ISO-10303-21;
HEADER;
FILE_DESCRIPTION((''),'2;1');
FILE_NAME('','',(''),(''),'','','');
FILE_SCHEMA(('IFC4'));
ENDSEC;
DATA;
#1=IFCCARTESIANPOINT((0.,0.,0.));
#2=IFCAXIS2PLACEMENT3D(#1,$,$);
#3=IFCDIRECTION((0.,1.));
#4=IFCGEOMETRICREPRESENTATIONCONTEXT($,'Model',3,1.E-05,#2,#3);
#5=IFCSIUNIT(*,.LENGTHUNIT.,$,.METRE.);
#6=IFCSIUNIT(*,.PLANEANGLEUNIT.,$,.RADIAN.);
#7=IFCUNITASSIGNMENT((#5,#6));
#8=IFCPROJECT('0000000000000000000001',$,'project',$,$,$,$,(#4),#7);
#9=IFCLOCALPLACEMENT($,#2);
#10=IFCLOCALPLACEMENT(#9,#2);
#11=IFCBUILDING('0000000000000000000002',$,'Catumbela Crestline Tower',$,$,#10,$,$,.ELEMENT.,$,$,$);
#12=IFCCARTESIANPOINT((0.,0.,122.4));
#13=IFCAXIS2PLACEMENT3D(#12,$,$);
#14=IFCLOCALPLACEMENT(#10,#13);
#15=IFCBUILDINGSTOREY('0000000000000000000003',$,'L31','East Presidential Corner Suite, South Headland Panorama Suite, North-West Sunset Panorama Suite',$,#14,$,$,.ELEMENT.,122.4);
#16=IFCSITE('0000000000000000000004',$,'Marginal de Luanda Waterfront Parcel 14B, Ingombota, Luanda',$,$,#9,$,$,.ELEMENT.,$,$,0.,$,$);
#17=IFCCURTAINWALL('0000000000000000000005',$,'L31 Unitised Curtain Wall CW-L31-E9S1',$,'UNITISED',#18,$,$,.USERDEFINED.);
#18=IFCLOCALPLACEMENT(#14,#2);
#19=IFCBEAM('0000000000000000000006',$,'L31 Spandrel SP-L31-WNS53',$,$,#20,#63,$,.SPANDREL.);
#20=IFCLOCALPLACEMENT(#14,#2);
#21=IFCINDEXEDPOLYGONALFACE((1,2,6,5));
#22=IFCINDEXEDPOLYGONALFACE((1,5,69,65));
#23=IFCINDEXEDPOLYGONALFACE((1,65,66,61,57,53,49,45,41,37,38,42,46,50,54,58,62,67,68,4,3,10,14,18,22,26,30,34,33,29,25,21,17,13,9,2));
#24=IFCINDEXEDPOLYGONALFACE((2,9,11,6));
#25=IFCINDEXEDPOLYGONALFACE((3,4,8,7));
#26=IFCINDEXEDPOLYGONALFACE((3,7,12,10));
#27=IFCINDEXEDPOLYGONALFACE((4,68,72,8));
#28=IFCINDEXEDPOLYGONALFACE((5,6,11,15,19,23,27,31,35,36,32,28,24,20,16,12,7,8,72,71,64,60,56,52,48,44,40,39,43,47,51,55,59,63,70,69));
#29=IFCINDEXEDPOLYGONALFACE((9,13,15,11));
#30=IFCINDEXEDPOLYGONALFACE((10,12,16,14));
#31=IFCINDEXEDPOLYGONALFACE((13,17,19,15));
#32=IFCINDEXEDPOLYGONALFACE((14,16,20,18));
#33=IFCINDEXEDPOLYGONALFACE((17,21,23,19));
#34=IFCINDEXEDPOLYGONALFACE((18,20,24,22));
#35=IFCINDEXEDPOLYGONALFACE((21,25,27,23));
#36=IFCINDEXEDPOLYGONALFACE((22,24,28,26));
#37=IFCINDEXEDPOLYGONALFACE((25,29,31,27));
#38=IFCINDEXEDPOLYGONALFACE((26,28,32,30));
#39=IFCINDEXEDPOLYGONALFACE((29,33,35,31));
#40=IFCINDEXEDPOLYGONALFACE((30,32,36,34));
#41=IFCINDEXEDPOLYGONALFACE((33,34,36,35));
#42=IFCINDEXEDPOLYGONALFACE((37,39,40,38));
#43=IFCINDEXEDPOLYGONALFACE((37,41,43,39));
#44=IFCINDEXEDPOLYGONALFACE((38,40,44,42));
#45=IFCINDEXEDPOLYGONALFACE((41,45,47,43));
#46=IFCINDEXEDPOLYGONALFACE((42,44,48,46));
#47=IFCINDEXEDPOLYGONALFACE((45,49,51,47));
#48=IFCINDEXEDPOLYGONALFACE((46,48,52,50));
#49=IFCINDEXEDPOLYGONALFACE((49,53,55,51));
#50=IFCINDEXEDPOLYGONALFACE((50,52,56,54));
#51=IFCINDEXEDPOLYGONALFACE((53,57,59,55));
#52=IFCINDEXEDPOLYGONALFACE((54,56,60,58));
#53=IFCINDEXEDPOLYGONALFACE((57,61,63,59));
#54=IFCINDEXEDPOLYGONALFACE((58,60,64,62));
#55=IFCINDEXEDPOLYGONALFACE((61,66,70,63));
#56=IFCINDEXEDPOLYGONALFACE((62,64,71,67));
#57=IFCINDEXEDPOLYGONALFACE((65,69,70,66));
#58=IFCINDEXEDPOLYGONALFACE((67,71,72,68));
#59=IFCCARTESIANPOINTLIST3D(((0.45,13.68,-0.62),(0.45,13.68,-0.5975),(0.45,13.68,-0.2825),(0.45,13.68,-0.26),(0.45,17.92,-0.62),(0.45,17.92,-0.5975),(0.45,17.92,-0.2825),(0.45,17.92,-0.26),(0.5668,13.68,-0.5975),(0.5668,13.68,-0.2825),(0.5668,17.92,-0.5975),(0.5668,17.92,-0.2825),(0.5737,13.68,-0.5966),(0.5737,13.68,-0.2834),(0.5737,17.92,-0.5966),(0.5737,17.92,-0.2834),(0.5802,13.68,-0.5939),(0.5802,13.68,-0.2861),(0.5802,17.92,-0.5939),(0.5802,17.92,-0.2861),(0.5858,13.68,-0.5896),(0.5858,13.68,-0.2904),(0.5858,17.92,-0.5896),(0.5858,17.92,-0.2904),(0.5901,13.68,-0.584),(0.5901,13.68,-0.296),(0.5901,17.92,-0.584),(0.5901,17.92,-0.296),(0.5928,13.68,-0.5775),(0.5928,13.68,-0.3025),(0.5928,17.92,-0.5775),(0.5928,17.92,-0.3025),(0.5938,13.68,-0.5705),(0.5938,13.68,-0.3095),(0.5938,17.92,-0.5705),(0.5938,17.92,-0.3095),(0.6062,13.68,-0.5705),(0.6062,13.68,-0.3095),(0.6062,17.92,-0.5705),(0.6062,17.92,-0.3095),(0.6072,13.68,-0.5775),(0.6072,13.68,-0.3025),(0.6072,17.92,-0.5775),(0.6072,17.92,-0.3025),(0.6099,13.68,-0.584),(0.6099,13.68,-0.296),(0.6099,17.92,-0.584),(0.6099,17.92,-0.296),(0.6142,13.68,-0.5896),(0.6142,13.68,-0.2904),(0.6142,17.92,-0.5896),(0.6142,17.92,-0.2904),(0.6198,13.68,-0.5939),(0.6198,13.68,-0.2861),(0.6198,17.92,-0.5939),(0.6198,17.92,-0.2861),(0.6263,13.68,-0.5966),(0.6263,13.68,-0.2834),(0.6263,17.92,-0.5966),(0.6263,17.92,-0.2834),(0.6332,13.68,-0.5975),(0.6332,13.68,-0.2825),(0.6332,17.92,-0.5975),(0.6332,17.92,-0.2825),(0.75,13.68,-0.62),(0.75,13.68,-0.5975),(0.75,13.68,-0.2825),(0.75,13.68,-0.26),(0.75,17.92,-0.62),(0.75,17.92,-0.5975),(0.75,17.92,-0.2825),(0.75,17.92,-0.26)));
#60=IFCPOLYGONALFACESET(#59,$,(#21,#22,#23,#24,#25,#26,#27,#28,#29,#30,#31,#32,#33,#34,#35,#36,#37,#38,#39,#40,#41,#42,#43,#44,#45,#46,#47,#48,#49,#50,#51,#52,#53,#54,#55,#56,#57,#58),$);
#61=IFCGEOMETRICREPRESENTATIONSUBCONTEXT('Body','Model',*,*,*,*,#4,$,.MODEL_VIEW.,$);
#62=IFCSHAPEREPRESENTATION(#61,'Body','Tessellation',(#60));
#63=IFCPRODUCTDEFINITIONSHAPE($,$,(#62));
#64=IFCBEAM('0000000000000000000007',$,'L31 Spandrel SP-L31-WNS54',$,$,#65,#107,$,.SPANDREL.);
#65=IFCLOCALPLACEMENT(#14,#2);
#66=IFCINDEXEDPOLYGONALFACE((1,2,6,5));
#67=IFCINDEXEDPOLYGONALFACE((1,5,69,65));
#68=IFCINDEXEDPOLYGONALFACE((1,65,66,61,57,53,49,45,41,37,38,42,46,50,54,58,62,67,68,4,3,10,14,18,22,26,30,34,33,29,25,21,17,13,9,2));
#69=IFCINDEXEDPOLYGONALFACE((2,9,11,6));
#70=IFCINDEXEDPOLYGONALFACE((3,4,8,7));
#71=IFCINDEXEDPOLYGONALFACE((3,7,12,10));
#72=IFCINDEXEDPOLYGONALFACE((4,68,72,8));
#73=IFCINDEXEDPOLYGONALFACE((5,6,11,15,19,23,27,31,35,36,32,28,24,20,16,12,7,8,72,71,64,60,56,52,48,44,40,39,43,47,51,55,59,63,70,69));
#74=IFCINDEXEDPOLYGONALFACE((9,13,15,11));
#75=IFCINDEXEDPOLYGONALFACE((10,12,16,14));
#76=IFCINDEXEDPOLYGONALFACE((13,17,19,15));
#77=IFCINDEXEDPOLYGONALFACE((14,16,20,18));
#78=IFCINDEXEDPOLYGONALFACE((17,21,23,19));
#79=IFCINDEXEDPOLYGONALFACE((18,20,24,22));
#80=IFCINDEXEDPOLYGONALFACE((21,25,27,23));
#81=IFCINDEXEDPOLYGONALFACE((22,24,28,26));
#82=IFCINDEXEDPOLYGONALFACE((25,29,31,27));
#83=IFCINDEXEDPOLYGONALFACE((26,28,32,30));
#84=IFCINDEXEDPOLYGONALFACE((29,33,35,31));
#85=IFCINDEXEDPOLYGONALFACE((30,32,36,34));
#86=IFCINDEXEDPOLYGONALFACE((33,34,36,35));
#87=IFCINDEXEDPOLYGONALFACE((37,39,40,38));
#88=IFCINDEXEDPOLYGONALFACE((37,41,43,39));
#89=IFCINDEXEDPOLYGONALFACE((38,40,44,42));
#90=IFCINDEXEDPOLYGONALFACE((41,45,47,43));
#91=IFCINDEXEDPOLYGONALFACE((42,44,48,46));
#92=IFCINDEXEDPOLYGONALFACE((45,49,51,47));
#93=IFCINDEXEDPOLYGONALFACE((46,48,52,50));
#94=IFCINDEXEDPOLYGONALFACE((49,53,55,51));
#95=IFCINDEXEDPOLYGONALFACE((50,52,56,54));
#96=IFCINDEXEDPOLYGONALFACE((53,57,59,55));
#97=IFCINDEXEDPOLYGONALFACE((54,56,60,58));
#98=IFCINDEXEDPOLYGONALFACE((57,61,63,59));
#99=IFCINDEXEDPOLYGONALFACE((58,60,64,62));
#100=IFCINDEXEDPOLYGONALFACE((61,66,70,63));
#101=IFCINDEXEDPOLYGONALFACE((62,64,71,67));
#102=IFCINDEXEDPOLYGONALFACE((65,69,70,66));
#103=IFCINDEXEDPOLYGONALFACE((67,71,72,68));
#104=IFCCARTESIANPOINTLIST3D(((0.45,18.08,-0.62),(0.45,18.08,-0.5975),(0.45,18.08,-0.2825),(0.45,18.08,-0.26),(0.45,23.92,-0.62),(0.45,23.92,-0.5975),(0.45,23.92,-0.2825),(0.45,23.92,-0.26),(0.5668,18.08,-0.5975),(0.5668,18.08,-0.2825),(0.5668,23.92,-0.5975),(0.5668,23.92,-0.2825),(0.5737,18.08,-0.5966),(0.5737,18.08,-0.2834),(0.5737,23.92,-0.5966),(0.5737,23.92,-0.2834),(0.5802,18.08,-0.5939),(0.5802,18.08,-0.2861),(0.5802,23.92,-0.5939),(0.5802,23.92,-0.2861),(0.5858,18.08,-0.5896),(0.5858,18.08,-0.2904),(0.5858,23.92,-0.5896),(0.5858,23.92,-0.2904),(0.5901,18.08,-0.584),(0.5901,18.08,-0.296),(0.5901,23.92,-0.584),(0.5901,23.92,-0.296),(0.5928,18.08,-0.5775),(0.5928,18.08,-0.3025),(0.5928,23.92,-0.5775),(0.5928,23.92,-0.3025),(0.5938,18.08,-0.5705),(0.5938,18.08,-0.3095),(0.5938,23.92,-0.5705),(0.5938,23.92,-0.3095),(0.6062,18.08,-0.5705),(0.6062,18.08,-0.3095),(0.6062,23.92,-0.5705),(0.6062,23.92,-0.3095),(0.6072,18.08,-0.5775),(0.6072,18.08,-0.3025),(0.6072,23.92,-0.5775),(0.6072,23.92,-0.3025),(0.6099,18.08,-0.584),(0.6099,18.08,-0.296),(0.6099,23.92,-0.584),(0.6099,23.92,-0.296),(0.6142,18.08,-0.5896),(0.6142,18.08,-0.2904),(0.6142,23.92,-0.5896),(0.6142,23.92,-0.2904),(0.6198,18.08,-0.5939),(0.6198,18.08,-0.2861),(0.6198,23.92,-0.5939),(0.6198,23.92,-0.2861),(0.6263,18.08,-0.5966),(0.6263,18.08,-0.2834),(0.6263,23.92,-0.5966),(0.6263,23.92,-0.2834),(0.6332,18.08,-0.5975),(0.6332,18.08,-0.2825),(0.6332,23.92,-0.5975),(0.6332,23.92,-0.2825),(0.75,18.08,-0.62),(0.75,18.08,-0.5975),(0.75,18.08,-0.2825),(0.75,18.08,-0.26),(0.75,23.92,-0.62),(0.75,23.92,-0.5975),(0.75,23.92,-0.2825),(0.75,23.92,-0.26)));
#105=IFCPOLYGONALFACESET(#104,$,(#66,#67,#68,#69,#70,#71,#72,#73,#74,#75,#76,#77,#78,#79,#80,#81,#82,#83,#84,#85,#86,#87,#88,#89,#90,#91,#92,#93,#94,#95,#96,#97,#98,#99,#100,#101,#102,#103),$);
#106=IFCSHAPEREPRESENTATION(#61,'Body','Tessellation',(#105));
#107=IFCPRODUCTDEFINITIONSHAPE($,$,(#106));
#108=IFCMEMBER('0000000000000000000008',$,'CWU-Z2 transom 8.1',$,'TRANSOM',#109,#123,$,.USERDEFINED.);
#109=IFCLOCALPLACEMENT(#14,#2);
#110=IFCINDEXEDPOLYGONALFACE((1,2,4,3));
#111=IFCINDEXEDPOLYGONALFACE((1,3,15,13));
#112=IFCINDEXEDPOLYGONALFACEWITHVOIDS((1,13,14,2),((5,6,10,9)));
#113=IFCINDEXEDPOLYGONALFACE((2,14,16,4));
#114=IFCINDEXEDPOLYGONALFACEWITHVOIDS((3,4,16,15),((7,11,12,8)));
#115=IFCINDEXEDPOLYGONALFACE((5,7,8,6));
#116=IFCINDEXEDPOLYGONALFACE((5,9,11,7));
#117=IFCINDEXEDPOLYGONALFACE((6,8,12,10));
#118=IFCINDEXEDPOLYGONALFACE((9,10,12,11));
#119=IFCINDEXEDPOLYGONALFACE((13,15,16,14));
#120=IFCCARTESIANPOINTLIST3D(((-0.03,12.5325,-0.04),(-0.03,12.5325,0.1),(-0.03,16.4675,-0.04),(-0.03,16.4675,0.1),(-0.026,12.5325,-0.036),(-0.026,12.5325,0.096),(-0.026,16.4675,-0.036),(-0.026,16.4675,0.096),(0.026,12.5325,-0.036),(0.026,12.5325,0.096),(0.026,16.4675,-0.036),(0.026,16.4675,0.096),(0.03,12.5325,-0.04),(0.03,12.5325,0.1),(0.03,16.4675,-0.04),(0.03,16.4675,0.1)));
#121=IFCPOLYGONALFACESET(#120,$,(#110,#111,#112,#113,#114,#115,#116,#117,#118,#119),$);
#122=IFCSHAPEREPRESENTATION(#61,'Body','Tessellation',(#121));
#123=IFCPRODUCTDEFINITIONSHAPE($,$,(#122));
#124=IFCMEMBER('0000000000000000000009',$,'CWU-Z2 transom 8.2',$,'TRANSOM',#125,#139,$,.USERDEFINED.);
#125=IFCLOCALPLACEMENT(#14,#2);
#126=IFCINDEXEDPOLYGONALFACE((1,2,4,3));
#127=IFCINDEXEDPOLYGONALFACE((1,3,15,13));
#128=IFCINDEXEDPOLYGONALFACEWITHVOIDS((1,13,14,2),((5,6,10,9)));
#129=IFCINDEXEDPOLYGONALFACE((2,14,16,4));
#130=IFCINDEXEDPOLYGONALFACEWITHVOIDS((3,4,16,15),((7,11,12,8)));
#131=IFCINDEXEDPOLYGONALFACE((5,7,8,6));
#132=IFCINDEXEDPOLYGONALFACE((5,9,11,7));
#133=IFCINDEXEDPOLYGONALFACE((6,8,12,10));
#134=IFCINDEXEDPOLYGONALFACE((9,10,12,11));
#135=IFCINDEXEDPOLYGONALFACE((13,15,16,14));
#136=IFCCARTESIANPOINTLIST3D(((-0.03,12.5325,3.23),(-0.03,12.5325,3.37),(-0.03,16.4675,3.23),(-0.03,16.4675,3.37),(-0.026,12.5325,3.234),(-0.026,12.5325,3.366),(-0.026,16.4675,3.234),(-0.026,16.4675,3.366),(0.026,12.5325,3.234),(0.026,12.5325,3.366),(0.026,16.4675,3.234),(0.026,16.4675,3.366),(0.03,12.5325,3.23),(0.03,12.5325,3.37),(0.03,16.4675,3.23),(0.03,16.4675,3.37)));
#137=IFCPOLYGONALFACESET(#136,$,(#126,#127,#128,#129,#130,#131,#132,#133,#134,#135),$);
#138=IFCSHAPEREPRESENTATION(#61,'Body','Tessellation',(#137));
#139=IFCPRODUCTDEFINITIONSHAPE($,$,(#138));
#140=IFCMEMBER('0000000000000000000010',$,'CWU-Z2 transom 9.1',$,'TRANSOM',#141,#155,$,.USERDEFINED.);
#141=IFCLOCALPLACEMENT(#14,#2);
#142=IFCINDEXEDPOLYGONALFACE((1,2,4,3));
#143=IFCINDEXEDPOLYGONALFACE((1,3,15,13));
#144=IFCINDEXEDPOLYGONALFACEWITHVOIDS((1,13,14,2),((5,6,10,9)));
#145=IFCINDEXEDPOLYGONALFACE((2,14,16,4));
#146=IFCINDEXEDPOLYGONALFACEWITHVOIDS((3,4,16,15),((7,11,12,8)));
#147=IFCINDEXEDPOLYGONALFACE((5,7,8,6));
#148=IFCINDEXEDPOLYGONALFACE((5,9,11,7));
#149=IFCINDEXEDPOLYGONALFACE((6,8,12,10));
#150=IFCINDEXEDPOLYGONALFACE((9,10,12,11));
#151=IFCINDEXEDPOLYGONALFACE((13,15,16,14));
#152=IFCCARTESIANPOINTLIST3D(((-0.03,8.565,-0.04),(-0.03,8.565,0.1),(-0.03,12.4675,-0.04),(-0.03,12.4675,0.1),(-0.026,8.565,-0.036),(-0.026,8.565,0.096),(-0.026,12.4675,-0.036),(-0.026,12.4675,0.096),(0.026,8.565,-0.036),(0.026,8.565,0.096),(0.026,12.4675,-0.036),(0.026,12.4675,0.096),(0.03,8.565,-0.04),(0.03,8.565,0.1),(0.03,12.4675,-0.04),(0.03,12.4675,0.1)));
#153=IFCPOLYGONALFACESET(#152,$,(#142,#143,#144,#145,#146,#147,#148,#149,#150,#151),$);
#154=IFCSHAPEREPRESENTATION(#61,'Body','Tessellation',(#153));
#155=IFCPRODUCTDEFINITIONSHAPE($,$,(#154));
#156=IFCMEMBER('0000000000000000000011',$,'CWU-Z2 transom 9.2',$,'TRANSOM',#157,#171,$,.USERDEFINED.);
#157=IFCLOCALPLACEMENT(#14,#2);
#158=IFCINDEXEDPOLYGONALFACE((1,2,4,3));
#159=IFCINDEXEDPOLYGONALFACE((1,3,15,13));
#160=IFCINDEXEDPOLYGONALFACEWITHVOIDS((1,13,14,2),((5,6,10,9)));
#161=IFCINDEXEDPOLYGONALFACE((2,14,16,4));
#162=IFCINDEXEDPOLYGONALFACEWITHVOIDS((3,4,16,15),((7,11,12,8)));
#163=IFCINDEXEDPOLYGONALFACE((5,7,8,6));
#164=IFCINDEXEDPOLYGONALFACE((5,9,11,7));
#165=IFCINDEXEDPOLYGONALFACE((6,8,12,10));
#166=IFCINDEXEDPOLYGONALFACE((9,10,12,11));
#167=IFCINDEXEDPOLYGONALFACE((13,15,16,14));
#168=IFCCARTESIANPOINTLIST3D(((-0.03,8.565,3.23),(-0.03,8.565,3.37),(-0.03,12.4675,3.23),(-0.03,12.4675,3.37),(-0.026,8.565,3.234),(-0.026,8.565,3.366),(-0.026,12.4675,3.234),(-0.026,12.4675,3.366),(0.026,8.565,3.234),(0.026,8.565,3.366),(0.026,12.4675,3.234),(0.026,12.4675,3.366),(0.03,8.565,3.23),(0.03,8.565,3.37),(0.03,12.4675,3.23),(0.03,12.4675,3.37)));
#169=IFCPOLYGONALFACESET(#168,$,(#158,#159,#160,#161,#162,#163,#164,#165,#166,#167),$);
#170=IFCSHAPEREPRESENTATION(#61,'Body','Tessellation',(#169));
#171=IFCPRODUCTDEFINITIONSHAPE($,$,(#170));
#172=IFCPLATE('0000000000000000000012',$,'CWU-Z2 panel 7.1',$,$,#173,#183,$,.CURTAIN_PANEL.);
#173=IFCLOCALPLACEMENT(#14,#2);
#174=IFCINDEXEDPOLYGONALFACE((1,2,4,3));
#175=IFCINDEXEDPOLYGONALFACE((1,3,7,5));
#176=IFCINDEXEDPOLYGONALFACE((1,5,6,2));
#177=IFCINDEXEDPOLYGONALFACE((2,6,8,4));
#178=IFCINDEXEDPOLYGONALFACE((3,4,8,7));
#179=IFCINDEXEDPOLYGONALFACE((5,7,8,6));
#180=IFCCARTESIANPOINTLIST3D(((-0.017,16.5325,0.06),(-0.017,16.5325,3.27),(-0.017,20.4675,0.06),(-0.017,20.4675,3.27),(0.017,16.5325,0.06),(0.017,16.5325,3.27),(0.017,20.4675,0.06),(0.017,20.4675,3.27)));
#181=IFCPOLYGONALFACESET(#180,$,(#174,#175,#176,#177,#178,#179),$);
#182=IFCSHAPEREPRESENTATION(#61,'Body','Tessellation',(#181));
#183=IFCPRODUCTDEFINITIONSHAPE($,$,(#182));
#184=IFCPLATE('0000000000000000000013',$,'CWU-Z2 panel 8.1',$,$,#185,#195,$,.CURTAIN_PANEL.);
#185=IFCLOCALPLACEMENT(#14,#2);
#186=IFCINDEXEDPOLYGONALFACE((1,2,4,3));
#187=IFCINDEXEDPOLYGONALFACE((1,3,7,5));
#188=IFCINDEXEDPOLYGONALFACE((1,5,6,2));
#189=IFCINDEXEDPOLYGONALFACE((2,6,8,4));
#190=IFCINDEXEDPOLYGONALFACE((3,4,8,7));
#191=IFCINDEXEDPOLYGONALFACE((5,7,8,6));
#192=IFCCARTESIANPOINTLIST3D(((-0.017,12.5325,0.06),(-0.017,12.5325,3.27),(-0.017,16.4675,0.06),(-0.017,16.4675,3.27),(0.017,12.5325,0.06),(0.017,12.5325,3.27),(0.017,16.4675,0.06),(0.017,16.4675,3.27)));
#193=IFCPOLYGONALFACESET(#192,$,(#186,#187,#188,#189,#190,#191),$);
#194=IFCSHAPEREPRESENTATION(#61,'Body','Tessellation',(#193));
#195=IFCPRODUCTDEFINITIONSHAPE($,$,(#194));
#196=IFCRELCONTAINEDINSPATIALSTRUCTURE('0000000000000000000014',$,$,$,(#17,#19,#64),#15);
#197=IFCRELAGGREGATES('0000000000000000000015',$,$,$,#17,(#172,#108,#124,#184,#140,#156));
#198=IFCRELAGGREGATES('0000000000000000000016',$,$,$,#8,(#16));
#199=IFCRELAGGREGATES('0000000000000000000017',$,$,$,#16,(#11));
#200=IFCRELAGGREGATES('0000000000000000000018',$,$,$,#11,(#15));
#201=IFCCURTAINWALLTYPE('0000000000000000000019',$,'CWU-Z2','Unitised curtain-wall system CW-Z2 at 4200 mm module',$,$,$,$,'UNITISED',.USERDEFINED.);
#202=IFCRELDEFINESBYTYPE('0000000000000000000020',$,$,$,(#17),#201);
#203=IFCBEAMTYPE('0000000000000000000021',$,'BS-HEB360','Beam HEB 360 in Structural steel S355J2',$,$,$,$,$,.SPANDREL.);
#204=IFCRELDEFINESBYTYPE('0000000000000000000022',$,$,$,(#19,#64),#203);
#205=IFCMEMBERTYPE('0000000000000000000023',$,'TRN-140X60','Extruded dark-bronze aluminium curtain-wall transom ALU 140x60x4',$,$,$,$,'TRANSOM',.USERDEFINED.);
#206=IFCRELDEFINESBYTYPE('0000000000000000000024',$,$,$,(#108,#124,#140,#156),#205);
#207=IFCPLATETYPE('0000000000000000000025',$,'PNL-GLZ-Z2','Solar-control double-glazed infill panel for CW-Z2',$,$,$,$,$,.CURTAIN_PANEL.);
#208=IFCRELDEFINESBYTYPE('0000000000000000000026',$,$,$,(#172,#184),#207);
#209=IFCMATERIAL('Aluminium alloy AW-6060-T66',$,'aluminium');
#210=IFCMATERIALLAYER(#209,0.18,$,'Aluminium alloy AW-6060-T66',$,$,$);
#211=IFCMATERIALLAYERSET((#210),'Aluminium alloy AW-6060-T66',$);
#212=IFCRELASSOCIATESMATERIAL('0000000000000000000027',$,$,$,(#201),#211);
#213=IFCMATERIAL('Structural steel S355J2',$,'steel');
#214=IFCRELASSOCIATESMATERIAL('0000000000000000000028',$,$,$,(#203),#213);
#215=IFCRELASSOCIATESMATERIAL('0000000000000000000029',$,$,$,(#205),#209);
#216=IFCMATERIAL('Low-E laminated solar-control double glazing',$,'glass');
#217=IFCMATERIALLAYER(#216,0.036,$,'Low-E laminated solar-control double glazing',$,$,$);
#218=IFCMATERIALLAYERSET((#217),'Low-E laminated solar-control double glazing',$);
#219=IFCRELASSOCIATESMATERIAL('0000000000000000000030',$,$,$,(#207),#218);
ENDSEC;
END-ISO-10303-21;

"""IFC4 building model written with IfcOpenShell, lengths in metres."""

from ifc_helpers import new_model, si_unit, direction, frame, origin, origin_2d, place, context, subcontext, project, spatial, rectangle, hollow_rectangle, i_section, extrude, material, layer, layer_set, material_profile, profile_set, type_object, element, aggregate, save


model = new_model("IFC4")

# Units and contexts
model_context = context("Model", 3, precision=1e-05, world=origin(), true_north=direction((0.0, 1.0)))
body_context = subcontext(model_context, "Body", "Model", "MODEL_VIEW")
ifc_project = project(units=[si_unit("LENGTHUNIT", "METRE"), si_unit("PLANEANGLEUNIT", "RADIAN")], contexts=[model_context])

# Site, building, storey
site_placement = place(None, origin())
site = spatial("IfcSite", under=ifc_project, at=site_placement, Name="Marginal de Luanda Waterfront Parcel 14B, Ingombota, Luanda", CompositionType="ELEMENT", RefElevation=0.0)
building_placement = place(site_placement, origin())
building = spatial("IfcBuilding", under=site, at=building_placement, Name="Catumbela Crestline Tower", CompositionType="ELEMENT")
storey_placement = place(building_placement, frame((0.0, 0.0, 122.4)))
storey = spatial("IfcBuildingStorey", under=building, at=storey_placement, Name="L31", Description="East Presidential Corner Suite, South Headland Panorama Suite, North-West Sunset Panorama Suite", CompositionType="ELEMENT", Elevation=122.4)

# Shared definitions
ifc_material_1 = material(Name="Structural steel S355J2", Category="steel")

# Curtain wall
ifc_material_2 = material(Name="Aluminium alloy AW-6060-T66", Category="aluminium")
ifc_layer_1 = layer(ifc_material_2, 0.18, Name="Aluminium alloy AW-6060-T66")
ifc_layer_set_1 = layer_set([ifc_layer_1], Name="Aluminium alloy AW-6060-T66")
curtain_wall_type = type_object("IfcCurtainWallType", Name="CWU-Z2", Description="Unitised curtain-wall system CW-Z2 at 4200 mm module", ElementType="UNITISED", PredefinedType="USERDEFINED", material=ifc_layer_set_1)
curtain_wall_placement = place(storey_placement, origin())
curtain_wall = element("IfcCurtainWall", 1, at=curtain_wall_placement, inside=storey, type_object=curtain_wall_type, Name="L31 Unitised Curtain Wall CW-L31-E9S1", ObjectType="UNITISED", PredefinedType="USERDEFINED")

# Beams
ifc_material_profile_1 = material_profile(ifc_material_1, i_section(OverallWidth=0.3, OverallDepth=0.36, WebThickness=0.0125, FlangeThickness=0.0225, FilletRadius=0.027, at=origin_2d()), Name="HEB 360")
ifc_profile_set_1 = profile_set([ifc_material_profile_1], Name="Structural steel S355J2")
beam_type_1 = type_object("IfcBeamType", Name="BS-HEB360", Description="Beam HEB 360 in Structural steel S355J2", PredefinedType="SPANDREL", material=ifc_profile_set_1)
beam_1_placement = place(storey_placement, frame((0.6, 13.68, -0.44), z_axis=(0.0, 1.0, 0.0), x_axis=(-1.0, 0.0, 0.0)))
element("IfcBeam", 2, at=beam_1_placement, inside=storey, type_object=beam_type_1, Name="L31 Spandrel SP-L31-WNS53", PredefinedType="SPANDREL", context=body_context, shape_type="SweptSolid", body=[
    extrude(i_section(OverallWidth=0.3, OverallDepth=0.36, WebThickness=0.0125, FlangeThickness=0.0225, FilletRadius=0.027, at=origin_2d()), origin(), (0.0, 0.0, 1.0), 4.24),
])
beam_2_placement = place(storey_placement, frame((0.6, 18.08, -0.44), z_axis=(0.0, 1.0, 0.0), x_axis=(-1.0, 0.0, 0.0)))
element("IfcBeam", 3, at=beam_2_placement, inside=storey, type_object=beam_type_1, Name="L31 Spandrel SP-L31-WNS54", PredefinedType="SPANDREL", context=body_context, shape_type="SweptSolid", body=[
    extrude(i_section(OverallWidth=0.3, OverallDepth=0.36, WebThickness=0.0125, FlangeThickness=0.0225, FilletRadius=0.027, at=origin_2d()), origin(), (0.0, 0.0, 1.0), 5.84),
])

# Members
ifc_material_profile_2 = material_profile(ifc_material_2, hollow_rectangle(XDim=0.06, YDim=0.14, WallThickness=0.004, at=origin_2d()), Name="ALU 140x60x4")
ifc_profile_set_2 = profile_set([ifc_material_profile_2], Name="Aluminium alloy AW-6060-T66")
member_type_1 = type_object("IfcMemberType", Name="TRN-140X60", Description="Extruded dark-bronze aluminium curtain-wall transom ALU 140x60x4", ElementType="TRANSOM", PredefinedType="USERDEFINED", material=ifc_profile_set_2)
member_1_placement = place(storey_placement, frame((0.0, 16.4675, 0.03), z_axis=(0.0, -1.0, 0.0), x_axis=(1.0, 0.0, 0.0)))
member_1 = element("IfcMember", 4, at=member_1_placement, type_object=member_type_1, Name="CWU-Z2 transom 8.1", ObjectType="TRANSOM", PredefinedType="USERDEFINED", context=body_context, shape_type="SweptSolid", body=[
    extrude(hollow_rectangle(XDim=0.06, YDim=0.14, WallThickness=0.004, at=origin_2d()), origin(), (0.0, 0.0, 1.0), 3.935),
])
member_2_placement = place(storey_placement, frame((0.0, 16.4675, 3.3), z_axis=(0.0, -1.0, 0.0), x_axis=(1.0, 0.0, 0.0)))
member_2 = element("IfcMember", 5, at=member_2_placement, type_object=member_type_1, Name="CWU-Z2 transom 8.2", ObjectType="TRANSOM", PredefinedType="USERDEFINED", context=body_context, shape_type="SweptSolid", body=[
    extrude(hollow_rectangle(XDim=0.06, YDim=0.14, WallThickness=0.004, at=origin_2d()), origin(), (0.0, 0.0, 1.0), 3.935),
])
member_3_placement = place(storey_placement, frame((0.0, 12.4675, 0.03), z_axis=(0.0, -1.0, 0.0), x_axis=(1.0, 0.0, 0.0)))
member_3 = element("IfcMember", 6, at=member_3_placement, type_object=member_type_1, Name="CWU-Z2 transom 9.1", ObjectType="TRANSOM", PredefinedType="USERDEFINED", context=body_context, shape_type="SweptSolid", body=[
    extrude(hollow_rectangle(XDim=0.06, YDim=0.14, WallThickness=0.004, at=origin_2d()), origin(), (0.0, 0.0, 1.0), 3.9025),
])
member_4_placement = place(storey_placement, frame((0.0, 12.4675, 3.3), z_axis=(0.0, -1.0, 0.0), x_axis=(1.0, 0.0, 0.0)))
member_4 = element("IfcMember", 7, at=member_4_placement, type_object=member_type_1, Name="CWU-Z2 transom 9.2", ObjectType="TRANSOM", PredefinedType="USERDEFINED", context=body_context, shape_type="SweptSolid", body=[
    extrude(hollow_rectangle(XDim=0.06, YDim=0.14, WallThickness=0.004, at=origin_2d()), origin(), (0.0, 0.0, 1.0), 3.9025),
])

# Plates
ifc_material_3 = material(Name="Low-E laminated solar-control double glazing", Category="glass")
ifc_layer_2 = layer(ifc_material_3, 0.036, Name="Low-E laminated solar-control double glazing")
ifc_layer_set_2 = layer_set([ifc_layer_2], Name="Low-E laminated solar-control double glazing")
plate_type = type_object("IfcPlateType", Name="PNL-GLZ-Z2", Description="Solar-control double-glazed infill panel for CW-Z2", PredefinedType="CURTAIN_PANEL", material=ifc_layer_set_2)
plate_1_placement = place(storey_placement, frame((0.0, 18.5, 0.06), z_axis=(0.0, 0.0, 1.0), x_axis=(0.0, -1.0, 0.0)))
plate_1 = element("IfcPlate", 8, at=plate_1_placement, type_object=plate_type, Name="CWU-Z2 panel 7.1", PredefinedType="CURTAIN_PANEL", context=body_context, shape_type="SweptSolid", body=[
    extrude(rectangle(XDim=3.935, YDim=0.034, at=origin_2d()), origin(), (0.0, 0.0, 1.0), 3.21),
])
plate_2_placement = place(storey_placement, frame((0.0, 14.5, 0.06), z_axis=(0.0, 0.0, 1.0), x_axis=(0.0, -1.0, 0.0)))
plate_2 = element("IfcPlate", 9, at=plate_2_placement, type_object=plate_type, Name="CWU-Z2 panel 8.1", PredefinedType="CURTAIN_PANEL", context=body_context, shape_type="SweptSolid", body=[
    extrude(rectangle(XDim=3.935, YDim=0.034, at=origin_2d()), origin(), (0.0, 0.0, 1.0), 3.21),
])
aggregate(curtain_wall, [plate_1, member_1, member_2, plate_2, member_3, member_4])

save(model, "model.ifc")
